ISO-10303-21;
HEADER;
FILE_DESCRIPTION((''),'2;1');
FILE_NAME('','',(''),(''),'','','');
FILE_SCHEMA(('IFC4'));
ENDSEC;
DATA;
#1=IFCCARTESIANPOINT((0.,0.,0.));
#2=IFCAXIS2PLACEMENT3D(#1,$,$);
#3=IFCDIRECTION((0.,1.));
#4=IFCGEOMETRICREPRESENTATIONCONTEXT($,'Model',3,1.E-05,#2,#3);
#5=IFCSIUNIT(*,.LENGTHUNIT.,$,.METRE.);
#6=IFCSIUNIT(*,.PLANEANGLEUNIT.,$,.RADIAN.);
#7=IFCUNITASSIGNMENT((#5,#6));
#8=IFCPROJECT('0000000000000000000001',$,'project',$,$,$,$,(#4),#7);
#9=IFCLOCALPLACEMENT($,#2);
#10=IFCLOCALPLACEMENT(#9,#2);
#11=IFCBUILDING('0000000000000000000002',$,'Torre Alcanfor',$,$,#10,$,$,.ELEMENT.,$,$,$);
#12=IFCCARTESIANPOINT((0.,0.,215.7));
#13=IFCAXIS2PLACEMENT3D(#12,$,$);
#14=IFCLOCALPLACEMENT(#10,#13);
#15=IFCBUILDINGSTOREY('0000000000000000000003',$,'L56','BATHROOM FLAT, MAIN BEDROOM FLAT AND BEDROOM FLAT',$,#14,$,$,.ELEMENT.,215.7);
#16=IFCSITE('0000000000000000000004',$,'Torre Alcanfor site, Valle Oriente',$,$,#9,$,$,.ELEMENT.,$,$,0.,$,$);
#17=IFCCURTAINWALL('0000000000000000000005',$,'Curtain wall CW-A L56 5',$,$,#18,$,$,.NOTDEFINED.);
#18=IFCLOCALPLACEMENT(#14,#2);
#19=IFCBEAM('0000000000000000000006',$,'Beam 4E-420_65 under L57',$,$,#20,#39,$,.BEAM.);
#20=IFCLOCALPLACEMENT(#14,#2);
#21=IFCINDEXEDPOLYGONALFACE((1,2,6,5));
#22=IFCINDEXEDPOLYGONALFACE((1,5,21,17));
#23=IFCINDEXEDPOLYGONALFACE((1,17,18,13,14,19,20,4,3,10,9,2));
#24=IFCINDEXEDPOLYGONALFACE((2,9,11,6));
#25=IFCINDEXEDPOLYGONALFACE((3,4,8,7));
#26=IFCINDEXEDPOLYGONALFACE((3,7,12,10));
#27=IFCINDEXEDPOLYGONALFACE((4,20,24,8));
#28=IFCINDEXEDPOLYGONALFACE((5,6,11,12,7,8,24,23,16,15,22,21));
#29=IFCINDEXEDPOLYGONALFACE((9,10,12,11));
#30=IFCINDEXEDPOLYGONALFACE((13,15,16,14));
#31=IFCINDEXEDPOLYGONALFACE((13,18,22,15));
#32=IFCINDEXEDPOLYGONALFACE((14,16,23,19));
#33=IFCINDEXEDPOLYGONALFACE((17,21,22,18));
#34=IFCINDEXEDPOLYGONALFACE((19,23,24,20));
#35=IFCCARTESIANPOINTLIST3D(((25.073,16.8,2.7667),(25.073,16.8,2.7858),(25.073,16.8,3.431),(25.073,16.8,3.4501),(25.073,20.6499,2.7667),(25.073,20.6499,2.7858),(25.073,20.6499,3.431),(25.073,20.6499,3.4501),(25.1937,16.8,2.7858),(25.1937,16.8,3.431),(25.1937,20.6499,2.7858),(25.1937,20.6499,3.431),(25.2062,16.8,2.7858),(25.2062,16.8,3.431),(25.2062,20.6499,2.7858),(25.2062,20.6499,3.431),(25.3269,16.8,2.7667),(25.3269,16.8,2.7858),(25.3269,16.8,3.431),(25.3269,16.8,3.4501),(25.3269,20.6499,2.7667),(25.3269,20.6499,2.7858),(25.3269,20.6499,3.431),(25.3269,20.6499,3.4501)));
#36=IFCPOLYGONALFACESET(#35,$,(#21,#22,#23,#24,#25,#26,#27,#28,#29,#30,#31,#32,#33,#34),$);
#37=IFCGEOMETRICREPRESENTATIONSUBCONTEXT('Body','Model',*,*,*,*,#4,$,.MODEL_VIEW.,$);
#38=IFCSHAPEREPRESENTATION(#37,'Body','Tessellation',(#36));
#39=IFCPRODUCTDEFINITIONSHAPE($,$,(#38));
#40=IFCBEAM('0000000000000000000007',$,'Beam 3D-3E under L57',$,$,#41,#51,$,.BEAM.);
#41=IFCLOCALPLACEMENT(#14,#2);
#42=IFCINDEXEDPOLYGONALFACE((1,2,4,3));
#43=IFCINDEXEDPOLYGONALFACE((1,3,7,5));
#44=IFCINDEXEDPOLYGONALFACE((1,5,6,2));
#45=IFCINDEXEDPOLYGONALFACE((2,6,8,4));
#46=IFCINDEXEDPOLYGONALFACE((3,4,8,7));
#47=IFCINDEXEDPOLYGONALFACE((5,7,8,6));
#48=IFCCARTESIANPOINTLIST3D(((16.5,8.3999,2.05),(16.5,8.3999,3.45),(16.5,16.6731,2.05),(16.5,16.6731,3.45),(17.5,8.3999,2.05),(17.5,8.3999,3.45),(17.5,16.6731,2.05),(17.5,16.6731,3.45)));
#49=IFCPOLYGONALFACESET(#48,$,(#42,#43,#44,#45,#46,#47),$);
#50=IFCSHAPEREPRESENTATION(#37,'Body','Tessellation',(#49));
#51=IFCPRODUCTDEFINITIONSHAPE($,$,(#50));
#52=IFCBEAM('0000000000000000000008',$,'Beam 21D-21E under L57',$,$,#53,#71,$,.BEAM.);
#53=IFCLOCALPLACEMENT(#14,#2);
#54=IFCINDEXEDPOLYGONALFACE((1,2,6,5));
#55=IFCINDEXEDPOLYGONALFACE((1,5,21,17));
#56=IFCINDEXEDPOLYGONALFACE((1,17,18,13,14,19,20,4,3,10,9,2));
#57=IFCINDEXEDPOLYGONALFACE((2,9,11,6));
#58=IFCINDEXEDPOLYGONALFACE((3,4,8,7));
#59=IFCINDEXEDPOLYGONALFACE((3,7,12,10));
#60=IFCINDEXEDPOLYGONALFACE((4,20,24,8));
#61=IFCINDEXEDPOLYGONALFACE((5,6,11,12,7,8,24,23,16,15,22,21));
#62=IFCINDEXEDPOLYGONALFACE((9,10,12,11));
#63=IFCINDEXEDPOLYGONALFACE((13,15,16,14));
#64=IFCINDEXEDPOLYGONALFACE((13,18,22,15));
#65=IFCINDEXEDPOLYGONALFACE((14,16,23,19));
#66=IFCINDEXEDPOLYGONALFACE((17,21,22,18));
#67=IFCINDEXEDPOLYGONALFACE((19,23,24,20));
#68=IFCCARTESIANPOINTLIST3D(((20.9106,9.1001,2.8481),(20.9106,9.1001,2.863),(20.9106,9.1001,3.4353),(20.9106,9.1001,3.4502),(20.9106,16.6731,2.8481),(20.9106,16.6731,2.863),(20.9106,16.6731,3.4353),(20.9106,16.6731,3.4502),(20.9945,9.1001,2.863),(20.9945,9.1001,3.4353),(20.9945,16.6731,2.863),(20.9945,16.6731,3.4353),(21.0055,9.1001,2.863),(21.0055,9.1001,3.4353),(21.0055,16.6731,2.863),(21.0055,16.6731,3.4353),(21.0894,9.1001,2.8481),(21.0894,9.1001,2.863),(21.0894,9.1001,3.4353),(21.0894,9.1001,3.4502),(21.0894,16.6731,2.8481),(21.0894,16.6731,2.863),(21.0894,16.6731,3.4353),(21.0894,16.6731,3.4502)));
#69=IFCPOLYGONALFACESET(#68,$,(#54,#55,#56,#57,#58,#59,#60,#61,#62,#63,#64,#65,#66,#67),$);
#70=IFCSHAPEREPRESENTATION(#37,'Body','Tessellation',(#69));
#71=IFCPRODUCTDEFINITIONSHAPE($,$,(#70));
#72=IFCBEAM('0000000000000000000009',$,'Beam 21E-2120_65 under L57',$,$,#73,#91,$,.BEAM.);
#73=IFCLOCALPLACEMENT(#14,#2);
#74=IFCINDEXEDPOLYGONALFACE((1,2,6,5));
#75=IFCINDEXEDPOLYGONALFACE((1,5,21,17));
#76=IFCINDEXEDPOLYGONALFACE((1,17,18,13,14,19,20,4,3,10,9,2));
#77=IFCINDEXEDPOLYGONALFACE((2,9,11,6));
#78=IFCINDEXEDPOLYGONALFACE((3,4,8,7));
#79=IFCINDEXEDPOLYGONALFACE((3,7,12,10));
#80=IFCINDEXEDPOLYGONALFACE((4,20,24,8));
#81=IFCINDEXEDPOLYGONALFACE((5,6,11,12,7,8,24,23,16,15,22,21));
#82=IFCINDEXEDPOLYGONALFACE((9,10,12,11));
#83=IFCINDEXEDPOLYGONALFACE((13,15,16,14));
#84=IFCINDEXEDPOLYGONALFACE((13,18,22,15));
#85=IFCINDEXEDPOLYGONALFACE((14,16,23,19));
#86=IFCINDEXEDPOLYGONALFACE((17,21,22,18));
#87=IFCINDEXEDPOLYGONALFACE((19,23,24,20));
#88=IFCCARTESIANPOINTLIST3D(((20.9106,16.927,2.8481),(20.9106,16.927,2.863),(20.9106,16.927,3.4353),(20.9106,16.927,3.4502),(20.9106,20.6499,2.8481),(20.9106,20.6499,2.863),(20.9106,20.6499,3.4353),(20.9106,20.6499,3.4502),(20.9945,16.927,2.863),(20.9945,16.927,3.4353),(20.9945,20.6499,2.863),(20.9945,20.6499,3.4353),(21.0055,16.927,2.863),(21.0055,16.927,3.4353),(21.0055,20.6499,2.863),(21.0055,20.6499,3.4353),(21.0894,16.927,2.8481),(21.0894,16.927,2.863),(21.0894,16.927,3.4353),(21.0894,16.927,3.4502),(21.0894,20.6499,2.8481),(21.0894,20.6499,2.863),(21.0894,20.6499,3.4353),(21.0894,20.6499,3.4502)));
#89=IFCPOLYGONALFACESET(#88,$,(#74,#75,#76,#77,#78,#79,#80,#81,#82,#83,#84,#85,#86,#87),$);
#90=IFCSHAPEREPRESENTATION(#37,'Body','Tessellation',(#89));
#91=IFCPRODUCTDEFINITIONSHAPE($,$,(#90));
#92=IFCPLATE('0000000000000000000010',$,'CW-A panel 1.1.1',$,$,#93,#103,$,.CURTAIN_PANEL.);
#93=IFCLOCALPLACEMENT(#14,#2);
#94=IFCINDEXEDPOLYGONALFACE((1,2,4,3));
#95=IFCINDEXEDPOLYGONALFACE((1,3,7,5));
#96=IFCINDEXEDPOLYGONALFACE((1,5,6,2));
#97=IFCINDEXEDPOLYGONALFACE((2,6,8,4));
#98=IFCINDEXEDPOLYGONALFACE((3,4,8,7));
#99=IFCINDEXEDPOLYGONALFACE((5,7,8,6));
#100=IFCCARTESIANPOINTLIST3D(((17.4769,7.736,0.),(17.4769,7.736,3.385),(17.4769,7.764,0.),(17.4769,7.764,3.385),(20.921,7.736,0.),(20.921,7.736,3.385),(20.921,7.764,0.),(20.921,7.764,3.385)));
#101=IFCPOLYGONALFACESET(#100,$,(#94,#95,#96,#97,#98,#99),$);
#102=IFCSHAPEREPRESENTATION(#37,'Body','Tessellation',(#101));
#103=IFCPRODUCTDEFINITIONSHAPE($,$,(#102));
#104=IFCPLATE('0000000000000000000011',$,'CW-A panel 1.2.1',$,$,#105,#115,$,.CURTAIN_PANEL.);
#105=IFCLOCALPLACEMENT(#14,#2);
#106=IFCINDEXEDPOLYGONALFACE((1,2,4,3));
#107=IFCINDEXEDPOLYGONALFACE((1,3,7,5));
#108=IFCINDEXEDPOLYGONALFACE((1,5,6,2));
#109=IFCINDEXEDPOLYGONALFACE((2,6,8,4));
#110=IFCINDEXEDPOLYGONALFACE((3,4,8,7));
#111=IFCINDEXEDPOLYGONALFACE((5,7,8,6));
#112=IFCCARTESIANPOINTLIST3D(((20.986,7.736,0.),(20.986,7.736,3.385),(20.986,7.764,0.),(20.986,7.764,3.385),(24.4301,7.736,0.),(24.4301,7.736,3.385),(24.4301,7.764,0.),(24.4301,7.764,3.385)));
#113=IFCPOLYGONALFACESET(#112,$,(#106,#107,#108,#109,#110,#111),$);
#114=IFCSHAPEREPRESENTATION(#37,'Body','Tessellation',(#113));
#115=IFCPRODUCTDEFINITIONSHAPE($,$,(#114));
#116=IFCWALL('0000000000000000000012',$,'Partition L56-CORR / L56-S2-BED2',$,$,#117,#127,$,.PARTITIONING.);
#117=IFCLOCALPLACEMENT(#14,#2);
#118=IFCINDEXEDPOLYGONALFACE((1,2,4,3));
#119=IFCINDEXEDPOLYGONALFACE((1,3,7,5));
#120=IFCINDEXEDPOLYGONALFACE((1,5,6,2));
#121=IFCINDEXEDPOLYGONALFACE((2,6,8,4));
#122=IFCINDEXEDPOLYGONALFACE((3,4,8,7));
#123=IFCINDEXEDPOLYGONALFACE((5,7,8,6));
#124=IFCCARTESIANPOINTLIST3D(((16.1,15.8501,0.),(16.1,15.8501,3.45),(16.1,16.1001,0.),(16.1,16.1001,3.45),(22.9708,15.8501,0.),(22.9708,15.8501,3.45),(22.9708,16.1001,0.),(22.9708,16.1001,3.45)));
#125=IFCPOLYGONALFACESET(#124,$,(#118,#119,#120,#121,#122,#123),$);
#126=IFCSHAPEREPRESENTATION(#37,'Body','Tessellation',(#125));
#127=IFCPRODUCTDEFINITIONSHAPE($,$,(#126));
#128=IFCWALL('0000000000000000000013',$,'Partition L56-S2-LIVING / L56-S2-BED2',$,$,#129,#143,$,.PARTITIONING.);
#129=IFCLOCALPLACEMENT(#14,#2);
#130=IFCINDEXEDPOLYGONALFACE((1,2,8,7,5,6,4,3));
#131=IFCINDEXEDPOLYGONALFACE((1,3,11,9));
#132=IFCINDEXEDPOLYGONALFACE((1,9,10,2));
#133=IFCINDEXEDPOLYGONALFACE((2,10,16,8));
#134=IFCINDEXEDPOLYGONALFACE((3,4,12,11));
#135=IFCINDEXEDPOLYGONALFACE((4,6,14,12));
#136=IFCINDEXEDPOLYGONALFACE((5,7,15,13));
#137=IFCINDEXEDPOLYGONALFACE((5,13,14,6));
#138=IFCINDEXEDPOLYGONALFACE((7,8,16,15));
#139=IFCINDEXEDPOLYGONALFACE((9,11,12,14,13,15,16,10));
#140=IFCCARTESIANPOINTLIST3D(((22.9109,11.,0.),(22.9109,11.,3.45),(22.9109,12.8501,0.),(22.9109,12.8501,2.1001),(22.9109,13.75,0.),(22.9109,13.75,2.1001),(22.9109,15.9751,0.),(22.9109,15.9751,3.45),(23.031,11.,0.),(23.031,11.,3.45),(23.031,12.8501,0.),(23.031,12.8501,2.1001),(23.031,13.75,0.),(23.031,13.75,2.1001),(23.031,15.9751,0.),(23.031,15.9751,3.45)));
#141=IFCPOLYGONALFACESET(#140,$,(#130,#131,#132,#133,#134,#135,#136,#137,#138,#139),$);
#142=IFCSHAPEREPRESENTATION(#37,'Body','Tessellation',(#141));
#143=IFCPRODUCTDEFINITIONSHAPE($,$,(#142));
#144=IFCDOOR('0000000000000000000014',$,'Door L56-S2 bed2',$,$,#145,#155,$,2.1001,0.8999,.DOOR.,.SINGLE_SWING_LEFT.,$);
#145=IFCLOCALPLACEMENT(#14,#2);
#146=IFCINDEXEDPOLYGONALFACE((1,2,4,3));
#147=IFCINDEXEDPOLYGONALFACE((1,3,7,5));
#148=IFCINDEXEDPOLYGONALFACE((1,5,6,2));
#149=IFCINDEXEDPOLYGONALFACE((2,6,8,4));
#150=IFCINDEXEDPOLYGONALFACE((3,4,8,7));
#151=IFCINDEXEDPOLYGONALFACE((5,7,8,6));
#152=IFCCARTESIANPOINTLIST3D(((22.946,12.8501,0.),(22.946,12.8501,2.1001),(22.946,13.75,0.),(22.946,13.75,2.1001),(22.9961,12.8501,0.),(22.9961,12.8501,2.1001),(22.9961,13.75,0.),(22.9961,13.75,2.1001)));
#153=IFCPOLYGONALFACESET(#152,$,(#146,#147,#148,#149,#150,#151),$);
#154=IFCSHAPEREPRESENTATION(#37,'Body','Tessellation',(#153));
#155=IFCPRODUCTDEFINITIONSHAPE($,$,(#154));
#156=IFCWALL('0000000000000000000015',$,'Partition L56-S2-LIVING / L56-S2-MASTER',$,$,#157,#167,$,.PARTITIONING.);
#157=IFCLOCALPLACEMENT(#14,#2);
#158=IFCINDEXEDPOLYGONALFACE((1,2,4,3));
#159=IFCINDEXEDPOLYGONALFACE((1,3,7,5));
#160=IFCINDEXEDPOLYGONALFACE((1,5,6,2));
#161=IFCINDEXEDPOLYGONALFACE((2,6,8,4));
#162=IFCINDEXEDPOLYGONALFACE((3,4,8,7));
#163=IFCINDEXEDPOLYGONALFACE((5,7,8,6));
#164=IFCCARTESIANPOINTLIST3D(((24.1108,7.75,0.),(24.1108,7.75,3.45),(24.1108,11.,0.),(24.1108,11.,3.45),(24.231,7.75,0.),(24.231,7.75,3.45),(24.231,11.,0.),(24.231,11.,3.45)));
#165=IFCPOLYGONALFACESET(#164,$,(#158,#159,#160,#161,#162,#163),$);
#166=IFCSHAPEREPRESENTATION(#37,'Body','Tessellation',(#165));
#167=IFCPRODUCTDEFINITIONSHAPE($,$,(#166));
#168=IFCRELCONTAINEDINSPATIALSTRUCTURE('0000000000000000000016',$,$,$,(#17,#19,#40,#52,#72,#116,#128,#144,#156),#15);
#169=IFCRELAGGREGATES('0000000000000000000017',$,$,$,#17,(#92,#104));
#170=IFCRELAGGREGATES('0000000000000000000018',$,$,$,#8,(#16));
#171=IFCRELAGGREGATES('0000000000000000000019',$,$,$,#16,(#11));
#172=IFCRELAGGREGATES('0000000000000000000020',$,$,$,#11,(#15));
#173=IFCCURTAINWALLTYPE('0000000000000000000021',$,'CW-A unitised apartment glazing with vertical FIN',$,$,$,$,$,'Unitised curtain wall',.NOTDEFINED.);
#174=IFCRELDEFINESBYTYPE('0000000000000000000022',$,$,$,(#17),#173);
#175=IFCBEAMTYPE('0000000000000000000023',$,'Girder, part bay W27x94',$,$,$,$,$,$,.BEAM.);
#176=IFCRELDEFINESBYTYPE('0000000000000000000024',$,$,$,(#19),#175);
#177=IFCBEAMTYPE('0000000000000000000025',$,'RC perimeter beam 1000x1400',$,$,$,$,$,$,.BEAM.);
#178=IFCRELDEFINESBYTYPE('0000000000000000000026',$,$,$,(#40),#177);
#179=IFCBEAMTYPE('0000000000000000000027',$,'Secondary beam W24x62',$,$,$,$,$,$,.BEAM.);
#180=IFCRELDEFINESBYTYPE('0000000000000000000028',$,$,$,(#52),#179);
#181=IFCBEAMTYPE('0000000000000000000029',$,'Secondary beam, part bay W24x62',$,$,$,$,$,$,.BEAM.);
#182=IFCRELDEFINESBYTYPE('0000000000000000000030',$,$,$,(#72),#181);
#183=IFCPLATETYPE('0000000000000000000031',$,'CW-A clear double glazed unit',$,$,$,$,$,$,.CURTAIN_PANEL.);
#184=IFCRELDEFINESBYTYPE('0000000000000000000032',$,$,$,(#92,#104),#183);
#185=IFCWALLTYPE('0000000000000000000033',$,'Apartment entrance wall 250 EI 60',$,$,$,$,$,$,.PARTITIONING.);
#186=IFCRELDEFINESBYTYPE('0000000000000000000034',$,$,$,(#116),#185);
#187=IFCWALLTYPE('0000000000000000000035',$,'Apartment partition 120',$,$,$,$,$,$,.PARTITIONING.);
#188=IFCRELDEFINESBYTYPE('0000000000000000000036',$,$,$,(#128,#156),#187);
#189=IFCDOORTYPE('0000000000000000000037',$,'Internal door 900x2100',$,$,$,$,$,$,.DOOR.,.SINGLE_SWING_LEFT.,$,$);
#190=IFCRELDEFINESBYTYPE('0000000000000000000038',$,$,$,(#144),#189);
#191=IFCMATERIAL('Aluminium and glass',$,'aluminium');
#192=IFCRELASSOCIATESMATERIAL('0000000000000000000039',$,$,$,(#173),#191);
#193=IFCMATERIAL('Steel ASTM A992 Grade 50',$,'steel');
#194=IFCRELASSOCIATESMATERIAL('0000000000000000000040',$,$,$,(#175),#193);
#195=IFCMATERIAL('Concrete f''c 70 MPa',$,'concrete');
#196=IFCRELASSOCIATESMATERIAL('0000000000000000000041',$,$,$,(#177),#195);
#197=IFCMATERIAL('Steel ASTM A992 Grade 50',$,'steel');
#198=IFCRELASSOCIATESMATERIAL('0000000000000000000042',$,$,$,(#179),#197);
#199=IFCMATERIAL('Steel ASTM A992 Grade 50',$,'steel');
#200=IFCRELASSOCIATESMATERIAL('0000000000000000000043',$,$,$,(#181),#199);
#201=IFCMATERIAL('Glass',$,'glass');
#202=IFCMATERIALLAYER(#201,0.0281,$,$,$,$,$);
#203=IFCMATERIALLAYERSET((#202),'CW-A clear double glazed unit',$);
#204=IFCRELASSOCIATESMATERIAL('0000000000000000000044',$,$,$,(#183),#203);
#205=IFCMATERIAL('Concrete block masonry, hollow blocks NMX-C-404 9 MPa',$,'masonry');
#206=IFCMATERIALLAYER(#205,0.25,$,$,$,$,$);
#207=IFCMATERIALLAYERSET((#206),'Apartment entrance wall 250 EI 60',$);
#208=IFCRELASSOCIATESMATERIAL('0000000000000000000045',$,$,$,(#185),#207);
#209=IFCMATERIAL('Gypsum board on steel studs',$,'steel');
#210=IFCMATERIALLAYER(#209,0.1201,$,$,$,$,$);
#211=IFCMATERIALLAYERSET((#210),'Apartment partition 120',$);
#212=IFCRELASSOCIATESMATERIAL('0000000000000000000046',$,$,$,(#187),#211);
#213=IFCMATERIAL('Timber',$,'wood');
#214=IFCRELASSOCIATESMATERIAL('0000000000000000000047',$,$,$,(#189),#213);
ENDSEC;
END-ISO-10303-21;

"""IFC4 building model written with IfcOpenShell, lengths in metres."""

from ifc_helpers import new_model, si_unit, direction, frame, frame_2d, origin, origin_2d, place, context, subcontext, project, spatial, rectangle, i_section, extrude, material, layer, layer_set, material_profile, profile_set, type_object, element, fill, aggregate, save


model = new_model("IFC4")

# Units and contexts
model_context = context("Model", 3, precision=1e-05, world=origin(), true_north=direction((0.0, 1.0)))
body_context = subcontext(model_context, "Body", "Model", "MODEL_VIEW")
ifc_project = project(units=[si_unit("LENGTHUNIT", "METRE"), si_unit("PLANEANGLEUNIT", "RADIAN")], contexts=[model_context])

# Site, building, storey
site_placement = place(None, origin())
site = spatial("IfcSite", under=ifc_project, at=site_placement, Name="Torre Alcanfor site, Valle Oriente", CompositionType="ELEMENT", RefElevation=0.0)
building_placement = place(site_placement, origin())
building = spatial("IfcBuilding", under=site, at=building_placement, Name="Torre Alcanfor", CompositionType="ELEMENT")
storey_placement = place(building_placement, frame((0.0, 0.0, 215.7)))
storey = spatial("IfcBuildingStorey", under=building, at=storey_placement, Name="L56", Description="BATHROOM FLAT, MAIN BEDROOM FLAT AND BEDROOM FLAT", CompositionType="ELEMENT", Elevation=215.7)

# Curtain wall
ifc_material_1 = material(Name="Aluminium and glass", Category="aluminium")
curtain_wall_type = type_object("IfcCurtainWallType", Name="CW-A unitised apartment glazing with vertical FIN", ElementType="Unitised curtain wall", PredefinedType="NOTDEFINED", material=ifc_material_1)
curtain_wall_placement = place(storey_placement, origin())
curtain_wall = element("IfcCurtainWall", 1, at=curtain_wall_placement, inside=storey, type_object=curtain_wall_type, Name="Curtain wall CW-A L56 5", PredefinedType="NOTDEFINED")

# Beams
ifc_material_2 = material(Name="Steel ASTM A992 Grade 50", Category="steel")
ifc_material_profile_1 = material_profile(ifc_material_2, i_section(OverallWidth=0.2539, OverallDepth=0.6833, WebThickness=0.0125, FlangeThickness=0.019, at=origin_2d()), Name="W27x94")
ifc_profile_set_1 = profile_set([ifc_material_profile_1], Name="Steel ASTM A992 Grade 50")
beam_type_1 = type_object("IfcBeamType", Name="Girder, part bay W27x94", PredefinedType="BEAM", material=ifc_profile_set_1)
beam_1_placement = place(storey_placement, frame((25.2, 16.8, 3.1084), z_axis=(0.0, 1.0, 0.0), x_axis=(-1.0, 0.0, 0.0)))
element("IfcBeam", 2, at=beam_1_placement, inside=storey, type_object=beam_type_1, Name="Beam 4E-420_65 under L57", PredefinedType="BEAM", context=body_context, shape_type="SweptSolid", body=[
    extrude(i_section(OverallWidth=0.2539, OverallDepth=0.6833, WebThickness=0.0125, FlangeThickness=0.019, at=origin_2d()), origin(), (0.0, 0.0, 1.0), 3.8499),
])
ifc_material_3 = material(Name="Concrete f'c 70 MPa", Category="concrete")
ifc_material_profile_2 = material_profile(ifc_material_3, rectangle(XDim=1.0, YDim=1.3999, at=origin_2d()), Name="1000x1400")
ifc_profile_set_2 = profile_set([ifc_material_profile_2], Name="Concrete f'c 70 MPa")
beam_type_2 = type_object("IfcBeamType", Name="RC perimeter beam 1000x1400", PredefinedType="BEAM", material=ifc_profile_set_2)
beam_2_placement = place(storey_placement, frame((17.0, 8.3999, 2.75), z_axis=(0.0, 1.0, 0.0), x_axis=(-1.0, 0.0, 0.0)))
element("IfcBeam", 3, at=beam_2_placement, inside=storey, type_object=beam_type_2, Name="Beam 3D-3E under L57", PredefinedType="BEAM", context=body_context, shape_type="SweptSolid", body=[
    extrude(rectangle(XDim=1.0, YDim=1.3999, at=origin_2d()), origin(), (0.0, 0.0, 1.0), 8.2732),
])
ifc_material_4 = material(Name="Steel ASTM A992 Grade 50", Category="steel")
ifc_material_profile_3 = material_profile(ifc_material_4, i_section(OverallWidth=0.1787, OverallDepth=0.6021, WebThickness=0.011, FlangeThickness=0.0149, at=origin_2d()), Name="W24x62")
ifc_profile_set_3 = profile_set([ifc_material_profile_3], Name="Steel ASTM A992 Grade 50")
beam_type_3 = type_object("IfcBeamType", Name="Secondary beam W24x62", PredefinedType="BEAM", material=ifc_profile_set_3)
beam_3_placement = place(storey_placement, frame((21.0, 9.1001, 3.1492), z_axis=(0.0, 1.0, 0.0), x_axis=(-1.0, 0.0, 0.0)))
element("IfcBeam", 4, at=beam_3_placement, inside=storey, type_object=beam_type_3, Name="Beam 21D-21E under L57", PredefinedType="BEAM", context=body_context, shape_type="SweptSolid", body=[
    extrude(i_section(OverallWidth=0.1787, OverallDepth=0.6021, WebThickness=0.011, FlangeThickness=0.0149, at=origin_2d()), origin(), (0.0, 0.0, 1.0), 7.573),
])
ifc_material_5 = material(Name="Steel ASTM A992 Grade 50", Category="steel")
ifc_material_profile_4 = material_profile(ifc_material_5, i_section(OverallWidth=0.1787, OverallDepth=0.6021, WebThickness=0.011, FlangeThickness=0.0149, at=origin_2d()), Name="W24x62")
ifc_profile_set_4 = profile_set([ifc_material_profile_4], Name="Steel ASTM A992 Grade 50")
beam_type_4 = type_object("IfcBeamType", Name="Secondary beam, part bay W24x62", PredefinedType="BEAM", material=ifc_profile_set_4)
beam_4_placement = place(storey_placement, frame((21.0, 16.927, 3.1492), z_axis=(0.0, 1.0, 0.0), x_axis=(-1.0, 0.0, 0.0)))
element("IfcBeam", 5, at=beam_4_placement, inside=storey, type_object=beam_type_4, Name="Beam 21E-2120_65 under L57", PredefinedType="BEAM", context=body_context, shape_type="SweptSolid", body=[
    extrude(i_section(OverallWidth=0.1787, OverallDepth=0.6021, WebThickness=0.011, FlangeThickness=0.0149, at=origin_2d()), origin(), (0.0, 0.0, 1.0), 3.7229),
])

# Plates
ifc_material_6 = material(Name="Glass", Category="glass")
ifc_layer_1 = layer(ifc_material_6, 0.0281)
ifc_layer_set_1 = layer_set([ifc_layer_1], Name="CW-A clear double glazed unit")
plate_type = type_object("IfcPlateType", Name="CW-A clear double glazed unit", PredefinedType="CURTAIN_PANEL", material=ifc_layer_set_1)
plate_1_placement = place(storey_placement, frame((19.199, 7.75, 0.0), z_axis=(0.0, 0.0, 1.0), x_axis=(1.0, 0.0, 0.0)))
plate_1 = element("IfcPlate", 6, at=plate_1_placement, type_object=plate_type, Name="CW-A panel 1.1.1", PredefinedType="CURTAIN_PANEL", context=body_context, shape_type="SweptSolid", body=[
    extrude(rectangle(XDim=3.4441, YDim=0.0281, at=origin_2d()), origin(), (0.0, 0.0, 1.0), 3.385),
])
plate_2_placement = place(storey_placement, frame((22.708, 7.75, 0.0), z_axis=(0.0, 0.0, 1.0), x_axis=(1.0, 0.0, 0.0)))
plate_2 = element("IfcPlate", 7, at=plate_2_placement, type_object=plate_type, Name="CW-A panel 1.2.1", PredefinedType="CURTAIN_PANEL", context=body_context, shape_type="SweptSolid", body=[
    extrude(rectangle(XDim=3.4441, YDim=0.0281, at=origin_2d()), origin(), (0.0, 0.0, 1.0), 3.385),
])
aggregate(curtain_wall, [plate_1, plate_2])

# Wall
ifc_material_7 = material(Name="Concrete block masonry, hollow blocks NMX-C-404 9 MPa", Category="masonry")
ifc_layer_2 = layer(ifc_material_7, 0.25)
ifc_layer_set_2 = layer_set([ifc_layer_2], Name="Apartment entrance wall 250 EI 60")
wall_type_1 = type_object("IfcWallType", Name="Apartment entrance wall 250 EI 60", PredefinedType="PARTITIONING", material=ifc_layer_set_2)
wall_1_placement = place(storey_placement, frame((22.9709, 15.9751, 0.0), z_axis=(0.0, 0.0, 1.0), x_axis=(-1.0, 0.0, 0.0)))
element("IfcWall", 8, at=wall_1_placement, inside=storey, type_object=wall_type_1, Name="Partition L56-CORR / L56-S2-BED2", PredefinedType="PARTITIONING", context=body_context, shape_type="SweptSolid", body=[
    extrude(rectangle(XDim=6.8708, YDim=0.25, at=frame_2d((3.4355, 0.0))), origin(), (0.0, 0.0, 1.0), 3.45),
])

# Wall, opening, door
ifc_material_8 = material(Name="Gypsum board on steel studs", Category="steel")
ifc_layer_3 = layer(ifc_material_8, 0.1201)
ifc_layer_set_3 = layer_set([ifc_layer_3], Name="Apartment partition 120")
wall_type_2 = type_object("IfcWallType", Name="Apartment partition 120", PredefinedType="PARTITIONING", material=ifc_layer_set_3)
wall_2_placement = place(storey_placement, frame((22.9709, 11.0, 0.0), z_axis=(0.0, 0.0, 1.0), x_axis=(0.0, 1.0, 0.0)))
wall_2 = element("IfcWall", 9, at=wall_2_placement, inside=storey, type_object=wall_type_2, Name="Partition L56-S2-LIVING / L56-S2-BED2", PredefinedType="PARTITIONING", context=body_context, shape_type="SweptSolid", body=[
    extrude(rectangle(XDim=4.9751, YDim=0.1201, at=frame_2d((2.4875, 0.0))), origin(), (0.0, 0.0, 1.0), 3.45),
])
opening_1_placement = place(wall_2_placement, frame((1.8501, 0.0, 0.0)))
opening_1 = element("IfcOpeningElement", 10, at=opening_1_placement, cuts=wall_2, PredefinedType="OPENING", context=body_context, shape_type="SweptSolid", body=[
    extrude(rectangle(XDim=0.8999, YDim=2.1001, at=frame_2d((0.45, 1.05))), frame((0.0, 0.0701, 0.0), z_axis=(0.0, -1.0, 0.0), x_axis=(1.0, 0.0, 0.0)), (0.0, 0.0, 1.0), 0.1401),
])
ifc_material_9 = material(Name="Timber", Category="wood")
door_type_1 = type_object("IfcDoorType", Name="Internal door 900x2100", OperationType="SINGLE_SWING_LEFT", PredefinedType="DOOR", material=ifc_material_9)
door_1_placement = place(opening_1_placement, origin())
door_1 = element("IfcDoor", 11, at=door_1_placement, inside=storey, type_object=door_type_1, Name="Door L56-S2 bed2", OperationType="SINGLE_SWING_LEFT", OverallHeight=2.1001, OverallWidth=0.8999, PredefinedType="DOOR", context=body_context, shape_type="SweptSolid", body=[
    extrude(rectangle(XDim=0.8999, YDim=2.1001, at=frame_2d((0.45, 1.05))), frame((0.0, 0.0249, 0.0), z_axis=(0.0, -1.0, 0.0), x_axis=(1.0, 0.0, 0.0)), (0.0, 0.0, 1.0), 0.05),
])
fill(opening_1, door_1)

# Wall
wall_3_placement = place(storey_placement, frame((24.1709, 7.75, 0.0), z_axis=(0.0, 0.0, 1.0), x_axis=(0.0, 1.0, 0.0)))
element("IfcWall", 12, at=wall_3_placement, inside=storey, type_object=wall_type_2, Name="Partition L56-S2-LIVING / L56-S2-MASTER", PredefinedType="PARTITIONING", context=body_context, shape_type="SweptSolid", body=[
    extrude(rectangle(XDim=3.25, YDim=0.1201, at=frame_2d((1.625, 0.0))), origin(), (0.0, 0.0, 1.0), 3.45),
])

save(model, "model.ifc")
